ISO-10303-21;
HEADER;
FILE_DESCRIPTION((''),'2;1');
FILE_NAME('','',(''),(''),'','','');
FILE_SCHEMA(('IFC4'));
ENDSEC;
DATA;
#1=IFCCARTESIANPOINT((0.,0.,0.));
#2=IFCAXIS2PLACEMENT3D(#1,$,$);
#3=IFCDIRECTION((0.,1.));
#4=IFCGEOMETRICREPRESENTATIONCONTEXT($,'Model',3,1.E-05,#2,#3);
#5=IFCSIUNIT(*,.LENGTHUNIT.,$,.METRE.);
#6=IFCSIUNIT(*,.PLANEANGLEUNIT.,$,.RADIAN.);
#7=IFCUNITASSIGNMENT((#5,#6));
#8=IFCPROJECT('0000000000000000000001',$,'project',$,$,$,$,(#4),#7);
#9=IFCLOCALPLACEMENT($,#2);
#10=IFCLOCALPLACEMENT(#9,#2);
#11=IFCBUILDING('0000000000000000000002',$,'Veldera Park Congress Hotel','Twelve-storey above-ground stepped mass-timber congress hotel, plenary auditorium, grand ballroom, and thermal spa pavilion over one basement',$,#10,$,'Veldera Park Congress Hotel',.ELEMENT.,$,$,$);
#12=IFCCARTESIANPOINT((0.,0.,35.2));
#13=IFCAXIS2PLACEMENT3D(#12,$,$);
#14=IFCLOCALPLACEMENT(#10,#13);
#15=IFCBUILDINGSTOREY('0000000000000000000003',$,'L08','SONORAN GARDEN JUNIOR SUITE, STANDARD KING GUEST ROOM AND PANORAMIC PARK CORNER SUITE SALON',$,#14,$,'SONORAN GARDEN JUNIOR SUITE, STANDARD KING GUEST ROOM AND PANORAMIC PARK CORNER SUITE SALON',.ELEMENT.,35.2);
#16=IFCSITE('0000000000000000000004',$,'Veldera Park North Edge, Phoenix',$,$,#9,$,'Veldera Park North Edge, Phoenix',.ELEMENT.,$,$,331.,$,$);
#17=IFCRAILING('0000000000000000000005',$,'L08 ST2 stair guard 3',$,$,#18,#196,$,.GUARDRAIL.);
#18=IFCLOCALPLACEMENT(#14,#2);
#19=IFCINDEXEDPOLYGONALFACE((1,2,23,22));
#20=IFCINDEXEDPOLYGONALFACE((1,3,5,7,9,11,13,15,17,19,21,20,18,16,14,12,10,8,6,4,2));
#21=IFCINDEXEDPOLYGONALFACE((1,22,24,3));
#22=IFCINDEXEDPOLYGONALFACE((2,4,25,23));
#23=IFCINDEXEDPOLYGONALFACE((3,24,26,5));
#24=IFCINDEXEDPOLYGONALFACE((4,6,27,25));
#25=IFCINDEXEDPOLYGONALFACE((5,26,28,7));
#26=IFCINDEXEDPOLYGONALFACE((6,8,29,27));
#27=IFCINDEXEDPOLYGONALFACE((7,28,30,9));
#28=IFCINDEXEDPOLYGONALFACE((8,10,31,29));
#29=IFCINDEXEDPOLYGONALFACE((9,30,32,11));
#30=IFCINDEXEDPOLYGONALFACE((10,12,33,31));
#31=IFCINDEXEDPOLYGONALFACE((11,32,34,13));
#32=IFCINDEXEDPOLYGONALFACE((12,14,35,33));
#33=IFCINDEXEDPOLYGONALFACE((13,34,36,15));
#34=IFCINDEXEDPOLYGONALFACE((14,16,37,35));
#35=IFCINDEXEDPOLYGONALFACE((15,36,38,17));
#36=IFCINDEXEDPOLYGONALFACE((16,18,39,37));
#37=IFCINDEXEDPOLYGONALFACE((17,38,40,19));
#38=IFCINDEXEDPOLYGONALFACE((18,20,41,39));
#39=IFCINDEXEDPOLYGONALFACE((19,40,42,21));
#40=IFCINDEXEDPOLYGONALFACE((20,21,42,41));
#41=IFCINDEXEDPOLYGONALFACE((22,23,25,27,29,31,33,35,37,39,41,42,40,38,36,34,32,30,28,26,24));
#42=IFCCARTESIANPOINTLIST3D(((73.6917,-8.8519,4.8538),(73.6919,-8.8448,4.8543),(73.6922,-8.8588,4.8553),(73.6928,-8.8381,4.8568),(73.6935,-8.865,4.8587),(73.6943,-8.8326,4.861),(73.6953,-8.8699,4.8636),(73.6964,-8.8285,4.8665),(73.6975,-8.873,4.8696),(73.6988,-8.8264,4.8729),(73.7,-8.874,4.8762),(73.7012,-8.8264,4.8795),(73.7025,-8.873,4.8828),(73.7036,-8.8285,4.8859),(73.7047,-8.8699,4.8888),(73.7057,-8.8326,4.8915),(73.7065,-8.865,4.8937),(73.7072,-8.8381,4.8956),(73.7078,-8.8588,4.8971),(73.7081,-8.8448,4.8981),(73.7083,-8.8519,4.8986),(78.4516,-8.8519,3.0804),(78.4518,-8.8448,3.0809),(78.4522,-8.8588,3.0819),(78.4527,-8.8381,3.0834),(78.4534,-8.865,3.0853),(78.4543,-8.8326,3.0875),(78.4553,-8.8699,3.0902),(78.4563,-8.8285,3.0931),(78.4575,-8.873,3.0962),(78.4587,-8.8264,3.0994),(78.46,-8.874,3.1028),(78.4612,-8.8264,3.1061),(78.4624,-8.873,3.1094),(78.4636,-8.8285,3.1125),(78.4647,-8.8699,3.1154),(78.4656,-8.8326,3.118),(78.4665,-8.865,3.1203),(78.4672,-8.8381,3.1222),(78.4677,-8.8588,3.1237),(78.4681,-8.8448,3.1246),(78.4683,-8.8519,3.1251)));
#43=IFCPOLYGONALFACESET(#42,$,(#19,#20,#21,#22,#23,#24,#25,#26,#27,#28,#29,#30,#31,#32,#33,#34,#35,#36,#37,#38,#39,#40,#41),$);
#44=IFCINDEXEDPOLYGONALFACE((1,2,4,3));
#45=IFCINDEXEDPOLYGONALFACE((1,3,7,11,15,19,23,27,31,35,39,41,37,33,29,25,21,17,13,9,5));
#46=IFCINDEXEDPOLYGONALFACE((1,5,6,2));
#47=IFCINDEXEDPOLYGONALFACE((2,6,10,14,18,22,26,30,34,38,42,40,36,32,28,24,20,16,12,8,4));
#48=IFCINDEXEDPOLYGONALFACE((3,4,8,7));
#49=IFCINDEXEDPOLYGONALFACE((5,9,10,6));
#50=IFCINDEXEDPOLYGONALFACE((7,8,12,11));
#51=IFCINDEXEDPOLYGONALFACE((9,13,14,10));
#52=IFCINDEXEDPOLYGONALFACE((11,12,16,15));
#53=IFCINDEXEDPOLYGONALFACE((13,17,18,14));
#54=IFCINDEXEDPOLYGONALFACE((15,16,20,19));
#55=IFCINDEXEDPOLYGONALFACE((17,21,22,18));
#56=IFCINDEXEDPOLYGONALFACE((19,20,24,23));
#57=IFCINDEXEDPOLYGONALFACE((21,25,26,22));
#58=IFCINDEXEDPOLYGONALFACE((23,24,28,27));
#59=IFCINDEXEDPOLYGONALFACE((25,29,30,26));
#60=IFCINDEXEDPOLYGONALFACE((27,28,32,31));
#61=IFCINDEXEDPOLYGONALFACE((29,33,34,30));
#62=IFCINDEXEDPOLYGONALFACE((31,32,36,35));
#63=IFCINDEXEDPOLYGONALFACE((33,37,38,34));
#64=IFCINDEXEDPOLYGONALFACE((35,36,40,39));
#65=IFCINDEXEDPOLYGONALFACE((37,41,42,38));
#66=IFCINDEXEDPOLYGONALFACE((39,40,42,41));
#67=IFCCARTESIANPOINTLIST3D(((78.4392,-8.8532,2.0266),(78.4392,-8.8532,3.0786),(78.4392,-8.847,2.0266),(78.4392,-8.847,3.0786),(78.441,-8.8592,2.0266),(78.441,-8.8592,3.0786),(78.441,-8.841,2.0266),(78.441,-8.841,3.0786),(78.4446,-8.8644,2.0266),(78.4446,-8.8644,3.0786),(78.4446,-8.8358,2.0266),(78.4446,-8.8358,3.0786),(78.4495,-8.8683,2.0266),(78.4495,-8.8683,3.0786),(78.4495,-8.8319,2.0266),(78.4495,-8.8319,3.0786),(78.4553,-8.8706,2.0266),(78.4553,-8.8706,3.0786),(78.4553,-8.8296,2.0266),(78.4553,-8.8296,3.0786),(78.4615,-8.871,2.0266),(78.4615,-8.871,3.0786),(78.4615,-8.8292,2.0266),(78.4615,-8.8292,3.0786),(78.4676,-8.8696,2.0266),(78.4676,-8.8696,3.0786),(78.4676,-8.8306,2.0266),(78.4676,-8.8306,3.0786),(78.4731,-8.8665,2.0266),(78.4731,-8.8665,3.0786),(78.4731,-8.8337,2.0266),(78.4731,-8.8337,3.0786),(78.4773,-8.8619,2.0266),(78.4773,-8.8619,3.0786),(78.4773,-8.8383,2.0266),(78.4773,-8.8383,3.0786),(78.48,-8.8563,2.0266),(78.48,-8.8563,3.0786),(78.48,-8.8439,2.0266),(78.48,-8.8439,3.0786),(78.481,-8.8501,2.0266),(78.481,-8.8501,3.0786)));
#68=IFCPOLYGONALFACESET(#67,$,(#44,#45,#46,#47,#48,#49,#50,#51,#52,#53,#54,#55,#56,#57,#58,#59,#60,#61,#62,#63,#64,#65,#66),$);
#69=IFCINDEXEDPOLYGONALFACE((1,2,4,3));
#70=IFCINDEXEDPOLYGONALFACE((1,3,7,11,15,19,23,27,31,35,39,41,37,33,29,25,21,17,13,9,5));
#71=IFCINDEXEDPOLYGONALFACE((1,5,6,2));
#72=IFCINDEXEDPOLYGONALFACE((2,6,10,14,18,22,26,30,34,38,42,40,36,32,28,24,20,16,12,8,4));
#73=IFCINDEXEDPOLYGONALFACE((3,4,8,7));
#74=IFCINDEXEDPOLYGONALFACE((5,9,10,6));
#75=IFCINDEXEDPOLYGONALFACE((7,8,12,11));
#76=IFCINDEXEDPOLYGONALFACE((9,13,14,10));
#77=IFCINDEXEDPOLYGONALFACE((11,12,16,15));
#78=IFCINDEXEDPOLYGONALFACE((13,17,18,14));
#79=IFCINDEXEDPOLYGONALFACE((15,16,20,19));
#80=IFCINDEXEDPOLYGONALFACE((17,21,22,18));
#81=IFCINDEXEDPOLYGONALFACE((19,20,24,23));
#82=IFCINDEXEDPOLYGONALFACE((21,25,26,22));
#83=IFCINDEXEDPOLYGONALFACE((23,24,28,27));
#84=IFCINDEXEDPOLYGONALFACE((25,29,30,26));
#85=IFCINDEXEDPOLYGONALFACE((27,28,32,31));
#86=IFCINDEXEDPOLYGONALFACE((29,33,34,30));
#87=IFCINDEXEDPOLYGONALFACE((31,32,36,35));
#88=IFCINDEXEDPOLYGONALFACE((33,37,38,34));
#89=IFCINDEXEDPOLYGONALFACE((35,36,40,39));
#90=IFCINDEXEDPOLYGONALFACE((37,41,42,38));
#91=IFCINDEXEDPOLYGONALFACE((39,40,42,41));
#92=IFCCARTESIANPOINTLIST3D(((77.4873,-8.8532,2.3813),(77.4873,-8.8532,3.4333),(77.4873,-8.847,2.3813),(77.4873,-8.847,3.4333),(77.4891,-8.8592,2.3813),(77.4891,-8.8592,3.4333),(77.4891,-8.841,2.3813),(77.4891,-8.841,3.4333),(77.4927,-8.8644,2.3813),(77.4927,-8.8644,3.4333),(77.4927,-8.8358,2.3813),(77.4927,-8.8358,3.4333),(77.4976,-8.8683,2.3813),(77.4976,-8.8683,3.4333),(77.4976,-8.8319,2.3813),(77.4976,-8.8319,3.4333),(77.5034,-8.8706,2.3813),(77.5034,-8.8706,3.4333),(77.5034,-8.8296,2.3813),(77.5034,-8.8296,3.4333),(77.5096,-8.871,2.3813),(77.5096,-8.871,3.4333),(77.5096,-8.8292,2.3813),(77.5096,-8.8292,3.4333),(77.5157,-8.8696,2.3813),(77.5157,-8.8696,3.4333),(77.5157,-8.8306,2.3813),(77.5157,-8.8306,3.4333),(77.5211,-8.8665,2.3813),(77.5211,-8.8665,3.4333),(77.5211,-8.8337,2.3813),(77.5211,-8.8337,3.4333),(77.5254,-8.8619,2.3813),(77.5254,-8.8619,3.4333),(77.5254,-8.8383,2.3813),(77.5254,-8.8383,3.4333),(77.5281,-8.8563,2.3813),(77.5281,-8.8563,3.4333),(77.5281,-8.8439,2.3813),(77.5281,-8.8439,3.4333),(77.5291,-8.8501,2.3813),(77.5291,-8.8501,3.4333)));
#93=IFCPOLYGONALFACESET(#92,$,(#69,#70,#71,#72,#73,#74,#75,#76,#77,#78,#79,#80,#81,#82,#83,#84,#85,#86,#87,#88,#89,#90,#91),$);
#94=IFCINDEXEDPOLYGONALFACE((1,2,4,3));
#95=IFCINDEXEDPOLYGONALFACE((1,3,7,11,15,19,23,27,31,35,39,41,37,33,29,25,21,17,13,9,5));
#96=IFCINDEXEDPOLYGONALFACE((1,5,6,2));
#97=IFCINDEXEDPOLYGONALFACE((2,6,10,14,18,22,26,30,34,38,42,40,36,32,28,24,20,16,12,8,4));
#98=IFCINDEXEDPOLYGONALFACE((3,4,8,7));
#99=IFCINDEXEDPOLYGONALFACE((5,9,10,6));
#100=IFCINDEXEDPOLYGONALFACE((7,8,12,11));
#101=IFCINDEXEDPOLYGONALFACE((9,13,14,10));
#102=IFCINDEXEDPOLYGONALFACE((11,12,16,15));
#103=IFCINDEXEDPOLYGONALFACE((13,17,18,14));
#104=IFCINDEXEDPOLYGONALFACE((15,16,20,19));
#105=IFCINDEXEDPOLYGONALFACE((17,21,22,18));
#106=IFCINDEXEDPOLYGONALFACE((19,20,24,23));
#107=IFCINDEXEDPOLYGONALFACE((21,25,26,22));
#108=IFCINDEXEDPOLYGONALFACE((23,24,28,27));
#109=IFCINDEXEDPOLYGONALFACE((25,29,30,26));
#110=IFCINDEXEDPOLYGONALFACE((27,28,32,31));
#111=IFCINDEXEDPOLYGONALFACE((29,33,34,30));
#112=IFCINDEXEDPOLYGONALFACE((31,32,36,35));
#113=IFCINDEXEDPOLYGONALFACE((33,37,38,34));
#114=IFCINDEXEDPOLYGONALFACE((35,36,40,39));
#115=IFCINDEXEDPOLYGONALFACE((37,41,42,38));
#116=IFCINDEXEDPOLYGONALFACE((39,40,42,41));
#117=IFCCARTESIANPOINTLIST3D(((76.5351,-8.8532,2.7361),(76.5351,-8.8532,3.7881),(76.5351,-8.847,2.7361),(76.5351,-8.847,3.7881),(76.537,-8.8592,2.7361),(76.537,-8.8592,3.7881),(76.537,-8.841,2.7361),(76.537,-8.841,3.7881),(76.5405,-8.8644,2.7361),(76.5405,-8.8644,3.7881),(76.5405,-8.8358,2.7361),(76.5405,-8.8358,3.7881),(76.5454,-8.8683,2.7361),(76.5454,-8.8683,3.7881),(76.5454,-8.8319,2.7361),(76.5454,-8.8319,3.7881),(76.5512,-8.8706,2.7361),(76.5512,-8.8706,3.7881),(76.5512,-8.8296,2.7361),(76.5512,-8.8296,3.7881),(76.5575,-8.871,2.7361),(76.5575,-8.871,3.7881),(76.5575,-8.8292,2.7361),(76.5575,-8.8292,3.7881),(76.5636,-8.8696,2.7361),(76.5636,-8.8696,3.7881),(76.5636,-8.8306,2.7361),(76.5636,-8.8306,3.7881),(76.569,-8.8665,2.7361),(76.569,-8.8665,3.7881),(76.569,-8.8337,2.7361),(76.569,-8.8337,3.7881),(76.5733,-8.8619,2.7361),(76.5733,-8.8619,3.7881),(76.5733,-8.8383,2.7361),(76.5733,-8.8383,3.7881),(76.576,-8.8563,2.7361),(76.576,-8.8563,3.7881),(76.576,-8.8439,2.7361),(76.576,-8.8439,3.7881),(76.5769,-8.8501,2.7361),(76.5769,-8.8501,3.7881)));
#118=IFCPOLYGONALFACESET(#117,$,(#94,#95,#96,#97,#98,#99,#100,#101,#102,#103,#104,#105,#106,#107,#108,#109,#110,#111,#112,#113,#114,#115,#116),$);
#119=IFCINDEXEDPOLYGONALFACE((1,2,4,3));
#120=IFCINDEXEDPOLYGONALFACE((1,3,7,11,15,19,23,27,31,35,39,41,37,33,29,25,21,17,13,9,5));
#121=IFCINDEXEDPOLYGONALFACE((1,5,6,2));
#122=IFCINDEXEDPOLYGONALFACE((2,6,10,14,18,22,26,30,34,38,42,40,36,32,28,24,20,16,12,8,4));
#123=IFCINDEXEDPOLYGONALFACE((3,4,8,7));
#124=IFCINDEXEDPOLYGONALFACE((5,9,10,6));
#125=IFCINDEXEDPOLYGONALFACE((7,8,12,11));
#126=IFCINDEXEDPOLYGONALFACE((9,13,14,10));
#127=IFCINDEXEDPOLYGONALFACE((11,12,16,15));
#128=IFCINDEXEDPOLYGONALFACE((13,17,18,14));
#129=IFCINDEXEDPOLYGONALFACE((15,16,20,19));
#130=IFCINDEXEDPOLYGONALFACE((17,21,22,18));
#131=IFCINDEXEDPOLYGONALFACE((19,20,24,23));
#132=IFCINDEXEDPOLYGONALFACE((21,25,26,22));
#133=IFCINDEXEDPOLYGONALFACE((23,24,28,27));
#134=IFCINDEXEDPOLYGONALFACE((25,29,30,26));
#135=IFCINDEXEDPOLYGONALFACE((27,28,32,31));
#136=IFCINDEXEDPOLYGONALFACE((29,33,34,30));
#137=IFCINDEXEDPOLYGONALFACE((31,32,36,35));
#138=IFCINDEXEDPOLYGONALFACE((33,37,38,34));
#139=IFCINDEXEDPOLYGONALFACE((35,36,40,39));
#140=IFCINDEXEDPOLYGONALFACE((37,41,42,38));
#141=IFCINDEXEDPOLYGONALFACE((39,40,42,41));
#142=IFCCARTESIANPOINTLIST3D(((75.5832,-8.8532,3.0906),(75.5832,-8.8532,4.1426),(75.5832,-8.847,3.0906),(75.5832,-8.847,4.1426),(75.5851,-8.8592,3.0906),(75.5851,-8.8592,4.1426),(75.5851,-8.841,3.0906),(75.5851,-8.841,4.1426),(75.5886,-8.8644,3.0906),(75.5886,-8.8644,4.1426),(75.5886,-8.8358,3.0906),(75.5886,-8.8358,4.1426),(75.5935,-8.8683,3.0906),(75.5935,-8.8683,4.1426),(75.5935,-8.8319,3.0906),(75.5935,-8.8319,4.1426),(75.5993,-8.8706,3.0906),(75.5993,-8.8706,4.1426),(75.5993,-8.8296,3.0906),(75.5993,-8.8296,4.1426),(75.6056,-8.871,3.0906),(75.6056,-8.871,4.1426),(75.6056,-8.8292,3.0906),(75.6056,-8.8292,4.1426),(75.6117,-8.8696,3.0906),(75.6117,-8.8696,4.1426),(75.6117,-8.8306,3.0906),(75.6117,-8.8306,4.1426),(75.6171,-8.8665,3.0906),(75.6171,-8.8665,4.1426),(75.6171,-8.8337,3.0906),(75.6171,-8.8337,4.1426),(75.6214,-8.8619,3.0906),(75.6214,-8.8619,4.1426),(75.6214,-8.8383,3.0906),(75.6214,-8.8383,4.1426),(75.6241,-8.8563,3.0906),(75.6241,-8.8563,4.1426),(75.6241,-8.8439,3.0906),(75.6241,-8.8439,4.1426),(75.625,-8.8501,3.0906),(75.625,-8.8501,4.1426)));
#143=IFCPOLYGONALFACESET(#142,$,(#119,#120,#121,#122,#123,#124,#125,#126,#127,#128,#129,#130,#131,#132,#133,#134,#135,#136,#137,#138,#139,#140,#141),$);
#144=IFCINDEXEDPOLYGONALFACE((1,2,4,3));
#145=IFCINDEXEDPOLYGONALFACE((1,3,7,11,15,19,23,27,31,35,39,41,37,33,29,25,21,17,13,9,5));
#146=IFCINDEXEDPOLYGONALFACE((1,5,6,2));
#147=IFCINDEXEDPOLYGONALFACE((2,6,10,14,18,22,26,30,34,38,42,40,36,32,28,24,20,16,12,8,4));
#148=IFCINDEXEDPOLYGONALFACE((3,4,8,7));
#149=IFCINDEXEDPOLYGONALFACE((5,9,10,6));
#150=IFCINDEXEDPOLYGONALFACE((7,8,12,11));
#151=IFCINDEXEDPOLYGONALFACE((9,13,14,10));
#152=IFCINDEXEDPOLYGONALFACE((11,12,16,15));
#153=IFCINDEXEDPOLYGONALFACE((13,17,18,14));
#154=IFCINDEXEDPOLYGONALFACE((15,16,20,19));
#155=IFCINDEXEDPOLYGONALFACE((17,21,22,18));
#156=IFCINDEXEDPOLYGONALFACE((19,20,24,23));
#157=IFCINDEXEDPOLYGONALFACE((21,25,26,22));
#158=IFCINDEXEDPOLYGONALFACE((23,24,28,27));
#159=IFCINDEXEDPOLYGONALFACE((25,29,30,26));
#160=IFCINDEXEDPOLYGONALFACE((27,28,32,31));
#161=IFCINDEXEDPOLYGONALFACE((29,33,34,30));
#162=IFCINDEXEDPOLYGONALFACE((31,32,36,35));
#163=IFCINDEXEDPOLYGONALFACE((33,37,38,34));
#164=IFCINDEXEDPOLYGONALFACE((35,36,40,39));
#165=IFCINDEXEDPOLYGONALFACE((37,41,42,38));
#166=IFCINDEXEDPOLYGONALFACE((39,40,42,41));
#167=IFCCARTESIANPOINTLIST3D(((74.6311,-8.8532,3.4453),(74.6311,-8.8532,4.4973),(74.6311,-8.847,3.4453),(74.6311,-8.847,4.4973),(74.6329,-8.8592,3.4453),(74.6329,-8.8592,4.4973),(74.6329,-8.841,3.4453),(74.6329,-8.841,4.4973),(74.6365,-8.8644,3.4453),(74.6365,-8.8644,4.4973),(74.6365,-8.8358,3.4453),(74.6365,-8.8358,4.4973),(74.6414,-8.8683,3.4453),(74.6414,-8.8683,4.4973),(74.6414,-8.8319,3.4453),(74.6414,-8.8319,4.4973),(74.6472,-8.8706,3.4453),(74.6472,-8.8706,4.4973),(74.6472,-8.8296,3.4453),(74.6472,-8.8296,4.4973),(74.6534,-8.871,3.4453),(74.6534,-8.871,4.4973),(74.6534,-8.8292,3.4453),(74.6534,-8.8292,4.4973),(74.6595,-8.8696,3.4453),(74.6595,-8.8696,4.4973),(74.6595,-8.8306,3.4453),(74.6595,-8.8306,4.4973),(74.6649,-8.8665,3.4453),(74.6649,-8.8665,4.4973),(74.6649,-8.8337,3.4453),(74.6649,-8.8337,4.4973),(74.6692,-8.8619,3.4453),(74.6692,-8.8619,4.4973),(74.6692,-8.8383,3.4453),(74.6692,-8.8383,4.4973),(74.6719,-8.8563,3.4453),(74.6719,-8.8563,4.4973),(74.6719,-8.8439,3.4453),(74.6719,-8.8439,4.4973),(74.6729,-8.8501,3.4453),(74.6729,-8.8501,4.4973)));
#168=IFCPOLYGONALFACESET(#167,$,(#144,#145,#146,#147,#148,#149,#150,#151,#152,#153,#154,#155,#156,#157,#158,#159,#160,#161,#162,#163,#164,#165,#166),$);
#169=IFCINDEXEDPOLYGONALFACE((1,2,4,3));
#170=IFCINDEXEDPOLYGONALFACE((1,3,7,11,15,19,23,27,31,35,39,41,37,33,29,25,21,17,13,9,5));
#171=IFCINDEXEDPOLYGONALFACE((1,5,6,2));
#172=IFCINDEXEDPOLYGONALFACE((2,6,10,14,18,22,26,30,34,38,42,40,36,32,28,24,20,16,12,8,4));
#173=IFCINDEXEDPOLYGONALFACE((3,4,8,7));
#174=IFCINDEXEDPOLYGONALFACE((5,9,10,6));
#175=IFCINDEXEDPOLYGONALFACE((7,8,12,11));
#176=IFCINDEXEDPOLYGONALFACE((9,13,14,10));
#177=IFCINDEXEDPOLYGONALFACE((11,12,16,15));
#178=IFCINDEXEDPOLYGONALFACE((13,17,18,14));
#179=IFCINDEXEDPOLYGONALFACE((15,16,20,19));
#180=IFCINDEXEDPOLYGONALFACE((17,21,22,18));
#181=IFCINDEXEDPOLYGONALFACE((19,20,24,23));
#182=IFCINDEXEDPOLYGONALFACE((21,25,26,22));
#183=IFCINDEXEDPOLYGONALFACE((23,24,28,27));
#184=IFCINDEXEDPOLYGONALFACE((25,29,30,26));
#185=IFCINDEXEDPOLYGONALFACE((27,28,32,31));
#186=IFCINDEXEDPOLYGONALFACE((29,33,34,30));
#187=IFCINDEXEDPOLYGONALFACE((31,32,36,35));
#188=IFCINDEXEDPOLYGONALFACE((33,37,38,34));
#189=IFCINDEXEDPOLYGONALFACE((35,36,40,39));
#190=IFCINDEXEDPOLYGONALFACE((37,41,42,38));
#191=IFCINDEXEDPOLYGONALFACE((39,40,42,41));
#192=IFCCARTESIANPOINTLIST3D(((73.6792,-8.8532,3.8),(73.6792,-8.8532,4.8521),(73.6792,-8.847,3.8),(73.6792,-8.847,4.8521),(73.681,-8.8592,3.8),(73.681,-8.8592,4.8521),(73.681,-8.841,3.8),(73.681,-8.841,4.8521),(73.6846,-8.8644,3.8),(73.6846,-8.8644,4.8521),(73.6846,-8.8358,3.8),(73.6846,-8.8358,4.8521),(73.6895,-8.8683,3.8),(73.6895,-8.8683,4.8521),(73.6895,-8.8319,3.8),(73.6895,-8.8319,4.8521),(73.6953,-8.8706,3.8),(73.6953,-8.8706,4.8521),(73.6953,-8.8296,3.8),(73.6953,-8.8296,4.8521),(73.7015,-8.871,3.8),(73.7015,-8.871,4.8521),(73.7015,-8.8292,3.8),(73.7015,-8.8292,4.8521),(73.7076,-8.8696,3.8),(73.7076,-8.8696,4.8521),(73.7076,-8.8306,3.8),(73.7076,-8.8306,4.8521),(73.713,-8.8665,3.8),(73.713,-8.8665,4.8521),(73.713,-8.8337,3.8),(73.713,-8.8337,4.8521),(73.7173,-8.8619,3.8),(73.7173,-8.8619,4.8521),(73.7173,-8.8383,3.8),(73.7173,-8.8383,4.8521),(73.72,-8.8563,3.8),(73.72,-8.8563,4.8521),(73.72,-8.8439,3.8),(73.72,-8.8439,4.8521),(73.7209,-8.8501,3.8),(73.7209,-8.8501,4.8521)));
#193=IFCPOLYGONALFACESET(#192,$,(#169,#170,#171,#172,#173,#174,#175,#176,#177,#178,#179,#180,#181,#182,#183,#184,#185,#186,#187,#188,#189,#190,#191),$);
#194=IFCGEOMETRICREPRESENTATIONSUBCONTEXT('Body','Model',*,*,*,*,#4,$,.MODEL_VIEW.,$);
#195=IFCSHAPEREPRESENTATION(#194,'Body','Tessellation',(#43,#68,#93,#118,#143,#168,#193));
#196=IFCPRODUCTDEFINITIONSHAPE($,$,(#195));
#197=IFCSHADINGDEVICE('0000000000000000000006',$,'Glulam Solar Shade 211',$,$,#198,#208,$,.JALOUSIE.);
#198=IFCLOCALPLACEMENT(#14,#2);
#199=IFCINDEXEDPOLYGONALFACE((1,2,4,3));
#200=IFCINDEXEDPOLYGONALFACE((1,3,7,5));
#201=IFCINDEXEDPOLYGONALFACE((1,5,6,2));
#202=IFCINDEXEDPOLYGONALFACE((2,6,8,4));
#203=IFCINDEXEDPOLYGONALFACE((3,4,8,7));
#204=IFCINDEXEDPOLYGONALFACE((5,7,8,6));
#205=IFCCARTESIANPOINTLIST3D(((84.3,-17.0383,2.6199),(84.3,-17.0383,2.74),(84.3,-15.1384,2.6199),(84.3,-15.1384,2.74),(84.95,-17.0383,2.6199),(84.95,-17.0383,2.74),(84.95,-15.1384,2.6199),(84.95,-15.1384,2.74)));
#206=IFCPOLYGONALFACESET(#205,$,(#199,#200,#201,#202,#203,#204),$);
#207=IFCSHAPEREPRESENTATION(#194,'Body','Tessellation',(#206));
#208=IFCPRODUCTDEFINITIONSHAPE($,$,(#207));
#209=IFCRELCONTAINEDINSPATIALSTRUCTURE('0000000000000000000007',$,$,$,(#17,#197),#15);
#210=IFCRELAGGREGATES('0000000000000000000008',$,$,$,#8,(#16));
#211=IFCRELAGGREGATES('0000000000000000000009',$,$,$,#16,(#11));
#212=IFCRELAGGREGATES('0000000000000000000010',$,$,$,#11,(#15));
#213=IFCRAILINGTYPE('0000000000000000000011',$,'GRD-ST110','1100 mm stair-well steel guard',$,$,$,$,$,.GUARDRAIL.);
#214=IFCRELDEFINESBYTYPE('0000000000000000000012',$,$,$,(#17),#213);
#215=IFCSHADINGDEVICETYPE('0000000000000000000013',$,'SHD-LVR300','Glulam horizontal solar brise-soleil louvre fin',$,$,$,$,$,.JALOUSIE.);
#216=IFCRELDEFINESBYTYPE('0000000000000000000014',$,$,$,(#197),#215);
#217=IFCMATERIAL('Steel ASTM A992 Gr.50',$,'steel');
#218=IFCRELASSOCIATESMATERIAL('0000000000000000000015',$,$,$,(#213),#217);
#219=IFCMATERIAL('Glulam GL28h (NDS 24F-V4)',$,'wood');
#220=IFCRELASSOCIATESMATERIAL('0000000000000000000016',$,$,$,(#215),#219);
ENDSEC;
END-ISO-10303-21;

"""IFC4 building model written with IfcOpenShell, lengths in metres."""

from ifc_helpers import new_model, si_unit, direction, frame, origin, origin_2d, place, context, subcontext, project, spatial, rectangle, circle, extrude, material, type_object, element, save


model = new_model("IFC4")

# Units and contexts
model_context = context("Model", 3, precision=1e-05, world=origin(), true_north=direction((0.0, 1.0)))
body_context = subcontext(model_context, "Body", "Model", "MODEL_VIEW")
ifc_project = project(units=[si_unit("LENGTHUNIT", "METRE"), si_unit("PLANEANGLEUNIT", "RADIAN")], contexts=[model_context])

# Site, building, storey
site_placement = place(None, origin())
site = spatial("IfcSite", under=ifc_project, at=site_placement, Name="Veldera Park North Edge, Phoenix", LongName="Veldera Park North Edge, Phoenix", CompositionType="ELEMENT", RefElevation=331.0)
building_placement = place(site_placement, origin())
building = spatial("IfcBuilding", under=site, at=building_placement, Name="Veldera Park Congress Hotel", Description="Twelve-storey above-ground stepped mass-timber congress hotel, plenary auditorium, grand ballroom, and thermal spa pavilion over one basement", LongName="Veldera Park Congress Hotel", CompositionType="ELEMENT")
storey_placement = place(building_placement, frame((0.0, 0.0, 35.2)))
storey = spatial("IfcBuildingStorey", under=building, at=storey_placement, Name="L08", Description="SONORAN GARDEN JUNIOR SUITE, STANDARD KING GUEST ROOM AND PANORAMIC PARK CORNER SUITE SALON", LongName="SONORAN GARDEN JUNIOR SUITE, STANDARD KING GUEST ROOM AND PANORAMIC PARK CORNER SUITE SALON", CompositionType="ELEMENT", Elevation=35.2)

# Shared definitions
ifc_material_1 = material(Name="Glulam GL28h (NDS 24F-V4)", Category="wood")

# Railing
ifc_material_2 = material(Name="Steel ASTM A992 Gr.50", Category="steel")
railing_type = type_object("IfcRailingType", Name="GRD-ST110", Description="1100 mm stair-well steel guard", PredefinedType="GUARDRAIL", material=ifc_material_2)
railing_1_placement = place(storey_placement, frame((78.46, -8.8501, 2.0266)))
element("IfcRailing", 1, at=railing_1_placement, inside=storey, type_object=railing_type, Name="L08 ST2 stair guard 3", PredefinedType="GUARDRAIL", context=body_context, shape_type="SweptSolid", body=[
    extrude(circle(Radius=0.0239, at=origin_2d()), frame((0.0, 0.0, 1.0762), z_axis=(-0.937076, 0.0, 0.349126), x_axis=(0.0, -1.0, 0.0)), (0.0, 0.0, 1.0), 5.0796),
    extrude(circle(Radius=0.021, at=origin_2d()), origin(), (0.0, 0.0, 1.0), 1.052),
    extrude(circle(Radius=0.021, at=origin_2d()), frame((-0.9519, 0.0, 0.3547)), (0.0, 0.0, 1.0), 1.052),
    extrude(circle(Radius=0.021, at=origin_2d()), frame((-1.9041, 0.0, 0.7095)), (0.0, 0.0, 1.0), 1.052),
    extrude(circle(Radius=0.021, at=origin_2d()), frame((-2.856, 0.0, 1.064)), (0.0, 0.0, 1.0), 1.052),
    extrude(circle(Radius=0.021, at=origin_2d()), frame((-3.8081, 0.0, 1.4187)), (0.0, 0.0, 1.0), 1.052),
    extrude(circle(Radius=0.021, at=origin_2d()), frame((-4.76, 0.0, 1.7734)), (0.0, 0.0, 1.0), 1.052),
])

# Shading device
shading_device_type = type_object("IfcShadingDeviceType", Name="SHD-LVR300", Description="Glulam horizontal solar brise-soleil louvre fin", PredefinedType="JALOUSIE", material=ifc_material_1)
shading_device_placement = place(storey_placement, frame((84.625, -16.0884, 2.6199), z_axis=(0.0, 0.0, 1.0), x_axis=(0.0, 1.0, 0.0)))
element("IfcShadingDevice", 2, at=shading_device_placement, inside=storey, type_object=shading_device_type, Name="Glulam Solar Shade 211", PredefinedType="JALOUSIE", context=body_context, shape_type="SweptSolid", body=[
    extrude(rectangle(XDim=1.8999, YDim=0.6499, at=origin_2d()), origin(), (0.0, 0.0, 1.0), 0.1201),
])

save(model, "model.ifc")
